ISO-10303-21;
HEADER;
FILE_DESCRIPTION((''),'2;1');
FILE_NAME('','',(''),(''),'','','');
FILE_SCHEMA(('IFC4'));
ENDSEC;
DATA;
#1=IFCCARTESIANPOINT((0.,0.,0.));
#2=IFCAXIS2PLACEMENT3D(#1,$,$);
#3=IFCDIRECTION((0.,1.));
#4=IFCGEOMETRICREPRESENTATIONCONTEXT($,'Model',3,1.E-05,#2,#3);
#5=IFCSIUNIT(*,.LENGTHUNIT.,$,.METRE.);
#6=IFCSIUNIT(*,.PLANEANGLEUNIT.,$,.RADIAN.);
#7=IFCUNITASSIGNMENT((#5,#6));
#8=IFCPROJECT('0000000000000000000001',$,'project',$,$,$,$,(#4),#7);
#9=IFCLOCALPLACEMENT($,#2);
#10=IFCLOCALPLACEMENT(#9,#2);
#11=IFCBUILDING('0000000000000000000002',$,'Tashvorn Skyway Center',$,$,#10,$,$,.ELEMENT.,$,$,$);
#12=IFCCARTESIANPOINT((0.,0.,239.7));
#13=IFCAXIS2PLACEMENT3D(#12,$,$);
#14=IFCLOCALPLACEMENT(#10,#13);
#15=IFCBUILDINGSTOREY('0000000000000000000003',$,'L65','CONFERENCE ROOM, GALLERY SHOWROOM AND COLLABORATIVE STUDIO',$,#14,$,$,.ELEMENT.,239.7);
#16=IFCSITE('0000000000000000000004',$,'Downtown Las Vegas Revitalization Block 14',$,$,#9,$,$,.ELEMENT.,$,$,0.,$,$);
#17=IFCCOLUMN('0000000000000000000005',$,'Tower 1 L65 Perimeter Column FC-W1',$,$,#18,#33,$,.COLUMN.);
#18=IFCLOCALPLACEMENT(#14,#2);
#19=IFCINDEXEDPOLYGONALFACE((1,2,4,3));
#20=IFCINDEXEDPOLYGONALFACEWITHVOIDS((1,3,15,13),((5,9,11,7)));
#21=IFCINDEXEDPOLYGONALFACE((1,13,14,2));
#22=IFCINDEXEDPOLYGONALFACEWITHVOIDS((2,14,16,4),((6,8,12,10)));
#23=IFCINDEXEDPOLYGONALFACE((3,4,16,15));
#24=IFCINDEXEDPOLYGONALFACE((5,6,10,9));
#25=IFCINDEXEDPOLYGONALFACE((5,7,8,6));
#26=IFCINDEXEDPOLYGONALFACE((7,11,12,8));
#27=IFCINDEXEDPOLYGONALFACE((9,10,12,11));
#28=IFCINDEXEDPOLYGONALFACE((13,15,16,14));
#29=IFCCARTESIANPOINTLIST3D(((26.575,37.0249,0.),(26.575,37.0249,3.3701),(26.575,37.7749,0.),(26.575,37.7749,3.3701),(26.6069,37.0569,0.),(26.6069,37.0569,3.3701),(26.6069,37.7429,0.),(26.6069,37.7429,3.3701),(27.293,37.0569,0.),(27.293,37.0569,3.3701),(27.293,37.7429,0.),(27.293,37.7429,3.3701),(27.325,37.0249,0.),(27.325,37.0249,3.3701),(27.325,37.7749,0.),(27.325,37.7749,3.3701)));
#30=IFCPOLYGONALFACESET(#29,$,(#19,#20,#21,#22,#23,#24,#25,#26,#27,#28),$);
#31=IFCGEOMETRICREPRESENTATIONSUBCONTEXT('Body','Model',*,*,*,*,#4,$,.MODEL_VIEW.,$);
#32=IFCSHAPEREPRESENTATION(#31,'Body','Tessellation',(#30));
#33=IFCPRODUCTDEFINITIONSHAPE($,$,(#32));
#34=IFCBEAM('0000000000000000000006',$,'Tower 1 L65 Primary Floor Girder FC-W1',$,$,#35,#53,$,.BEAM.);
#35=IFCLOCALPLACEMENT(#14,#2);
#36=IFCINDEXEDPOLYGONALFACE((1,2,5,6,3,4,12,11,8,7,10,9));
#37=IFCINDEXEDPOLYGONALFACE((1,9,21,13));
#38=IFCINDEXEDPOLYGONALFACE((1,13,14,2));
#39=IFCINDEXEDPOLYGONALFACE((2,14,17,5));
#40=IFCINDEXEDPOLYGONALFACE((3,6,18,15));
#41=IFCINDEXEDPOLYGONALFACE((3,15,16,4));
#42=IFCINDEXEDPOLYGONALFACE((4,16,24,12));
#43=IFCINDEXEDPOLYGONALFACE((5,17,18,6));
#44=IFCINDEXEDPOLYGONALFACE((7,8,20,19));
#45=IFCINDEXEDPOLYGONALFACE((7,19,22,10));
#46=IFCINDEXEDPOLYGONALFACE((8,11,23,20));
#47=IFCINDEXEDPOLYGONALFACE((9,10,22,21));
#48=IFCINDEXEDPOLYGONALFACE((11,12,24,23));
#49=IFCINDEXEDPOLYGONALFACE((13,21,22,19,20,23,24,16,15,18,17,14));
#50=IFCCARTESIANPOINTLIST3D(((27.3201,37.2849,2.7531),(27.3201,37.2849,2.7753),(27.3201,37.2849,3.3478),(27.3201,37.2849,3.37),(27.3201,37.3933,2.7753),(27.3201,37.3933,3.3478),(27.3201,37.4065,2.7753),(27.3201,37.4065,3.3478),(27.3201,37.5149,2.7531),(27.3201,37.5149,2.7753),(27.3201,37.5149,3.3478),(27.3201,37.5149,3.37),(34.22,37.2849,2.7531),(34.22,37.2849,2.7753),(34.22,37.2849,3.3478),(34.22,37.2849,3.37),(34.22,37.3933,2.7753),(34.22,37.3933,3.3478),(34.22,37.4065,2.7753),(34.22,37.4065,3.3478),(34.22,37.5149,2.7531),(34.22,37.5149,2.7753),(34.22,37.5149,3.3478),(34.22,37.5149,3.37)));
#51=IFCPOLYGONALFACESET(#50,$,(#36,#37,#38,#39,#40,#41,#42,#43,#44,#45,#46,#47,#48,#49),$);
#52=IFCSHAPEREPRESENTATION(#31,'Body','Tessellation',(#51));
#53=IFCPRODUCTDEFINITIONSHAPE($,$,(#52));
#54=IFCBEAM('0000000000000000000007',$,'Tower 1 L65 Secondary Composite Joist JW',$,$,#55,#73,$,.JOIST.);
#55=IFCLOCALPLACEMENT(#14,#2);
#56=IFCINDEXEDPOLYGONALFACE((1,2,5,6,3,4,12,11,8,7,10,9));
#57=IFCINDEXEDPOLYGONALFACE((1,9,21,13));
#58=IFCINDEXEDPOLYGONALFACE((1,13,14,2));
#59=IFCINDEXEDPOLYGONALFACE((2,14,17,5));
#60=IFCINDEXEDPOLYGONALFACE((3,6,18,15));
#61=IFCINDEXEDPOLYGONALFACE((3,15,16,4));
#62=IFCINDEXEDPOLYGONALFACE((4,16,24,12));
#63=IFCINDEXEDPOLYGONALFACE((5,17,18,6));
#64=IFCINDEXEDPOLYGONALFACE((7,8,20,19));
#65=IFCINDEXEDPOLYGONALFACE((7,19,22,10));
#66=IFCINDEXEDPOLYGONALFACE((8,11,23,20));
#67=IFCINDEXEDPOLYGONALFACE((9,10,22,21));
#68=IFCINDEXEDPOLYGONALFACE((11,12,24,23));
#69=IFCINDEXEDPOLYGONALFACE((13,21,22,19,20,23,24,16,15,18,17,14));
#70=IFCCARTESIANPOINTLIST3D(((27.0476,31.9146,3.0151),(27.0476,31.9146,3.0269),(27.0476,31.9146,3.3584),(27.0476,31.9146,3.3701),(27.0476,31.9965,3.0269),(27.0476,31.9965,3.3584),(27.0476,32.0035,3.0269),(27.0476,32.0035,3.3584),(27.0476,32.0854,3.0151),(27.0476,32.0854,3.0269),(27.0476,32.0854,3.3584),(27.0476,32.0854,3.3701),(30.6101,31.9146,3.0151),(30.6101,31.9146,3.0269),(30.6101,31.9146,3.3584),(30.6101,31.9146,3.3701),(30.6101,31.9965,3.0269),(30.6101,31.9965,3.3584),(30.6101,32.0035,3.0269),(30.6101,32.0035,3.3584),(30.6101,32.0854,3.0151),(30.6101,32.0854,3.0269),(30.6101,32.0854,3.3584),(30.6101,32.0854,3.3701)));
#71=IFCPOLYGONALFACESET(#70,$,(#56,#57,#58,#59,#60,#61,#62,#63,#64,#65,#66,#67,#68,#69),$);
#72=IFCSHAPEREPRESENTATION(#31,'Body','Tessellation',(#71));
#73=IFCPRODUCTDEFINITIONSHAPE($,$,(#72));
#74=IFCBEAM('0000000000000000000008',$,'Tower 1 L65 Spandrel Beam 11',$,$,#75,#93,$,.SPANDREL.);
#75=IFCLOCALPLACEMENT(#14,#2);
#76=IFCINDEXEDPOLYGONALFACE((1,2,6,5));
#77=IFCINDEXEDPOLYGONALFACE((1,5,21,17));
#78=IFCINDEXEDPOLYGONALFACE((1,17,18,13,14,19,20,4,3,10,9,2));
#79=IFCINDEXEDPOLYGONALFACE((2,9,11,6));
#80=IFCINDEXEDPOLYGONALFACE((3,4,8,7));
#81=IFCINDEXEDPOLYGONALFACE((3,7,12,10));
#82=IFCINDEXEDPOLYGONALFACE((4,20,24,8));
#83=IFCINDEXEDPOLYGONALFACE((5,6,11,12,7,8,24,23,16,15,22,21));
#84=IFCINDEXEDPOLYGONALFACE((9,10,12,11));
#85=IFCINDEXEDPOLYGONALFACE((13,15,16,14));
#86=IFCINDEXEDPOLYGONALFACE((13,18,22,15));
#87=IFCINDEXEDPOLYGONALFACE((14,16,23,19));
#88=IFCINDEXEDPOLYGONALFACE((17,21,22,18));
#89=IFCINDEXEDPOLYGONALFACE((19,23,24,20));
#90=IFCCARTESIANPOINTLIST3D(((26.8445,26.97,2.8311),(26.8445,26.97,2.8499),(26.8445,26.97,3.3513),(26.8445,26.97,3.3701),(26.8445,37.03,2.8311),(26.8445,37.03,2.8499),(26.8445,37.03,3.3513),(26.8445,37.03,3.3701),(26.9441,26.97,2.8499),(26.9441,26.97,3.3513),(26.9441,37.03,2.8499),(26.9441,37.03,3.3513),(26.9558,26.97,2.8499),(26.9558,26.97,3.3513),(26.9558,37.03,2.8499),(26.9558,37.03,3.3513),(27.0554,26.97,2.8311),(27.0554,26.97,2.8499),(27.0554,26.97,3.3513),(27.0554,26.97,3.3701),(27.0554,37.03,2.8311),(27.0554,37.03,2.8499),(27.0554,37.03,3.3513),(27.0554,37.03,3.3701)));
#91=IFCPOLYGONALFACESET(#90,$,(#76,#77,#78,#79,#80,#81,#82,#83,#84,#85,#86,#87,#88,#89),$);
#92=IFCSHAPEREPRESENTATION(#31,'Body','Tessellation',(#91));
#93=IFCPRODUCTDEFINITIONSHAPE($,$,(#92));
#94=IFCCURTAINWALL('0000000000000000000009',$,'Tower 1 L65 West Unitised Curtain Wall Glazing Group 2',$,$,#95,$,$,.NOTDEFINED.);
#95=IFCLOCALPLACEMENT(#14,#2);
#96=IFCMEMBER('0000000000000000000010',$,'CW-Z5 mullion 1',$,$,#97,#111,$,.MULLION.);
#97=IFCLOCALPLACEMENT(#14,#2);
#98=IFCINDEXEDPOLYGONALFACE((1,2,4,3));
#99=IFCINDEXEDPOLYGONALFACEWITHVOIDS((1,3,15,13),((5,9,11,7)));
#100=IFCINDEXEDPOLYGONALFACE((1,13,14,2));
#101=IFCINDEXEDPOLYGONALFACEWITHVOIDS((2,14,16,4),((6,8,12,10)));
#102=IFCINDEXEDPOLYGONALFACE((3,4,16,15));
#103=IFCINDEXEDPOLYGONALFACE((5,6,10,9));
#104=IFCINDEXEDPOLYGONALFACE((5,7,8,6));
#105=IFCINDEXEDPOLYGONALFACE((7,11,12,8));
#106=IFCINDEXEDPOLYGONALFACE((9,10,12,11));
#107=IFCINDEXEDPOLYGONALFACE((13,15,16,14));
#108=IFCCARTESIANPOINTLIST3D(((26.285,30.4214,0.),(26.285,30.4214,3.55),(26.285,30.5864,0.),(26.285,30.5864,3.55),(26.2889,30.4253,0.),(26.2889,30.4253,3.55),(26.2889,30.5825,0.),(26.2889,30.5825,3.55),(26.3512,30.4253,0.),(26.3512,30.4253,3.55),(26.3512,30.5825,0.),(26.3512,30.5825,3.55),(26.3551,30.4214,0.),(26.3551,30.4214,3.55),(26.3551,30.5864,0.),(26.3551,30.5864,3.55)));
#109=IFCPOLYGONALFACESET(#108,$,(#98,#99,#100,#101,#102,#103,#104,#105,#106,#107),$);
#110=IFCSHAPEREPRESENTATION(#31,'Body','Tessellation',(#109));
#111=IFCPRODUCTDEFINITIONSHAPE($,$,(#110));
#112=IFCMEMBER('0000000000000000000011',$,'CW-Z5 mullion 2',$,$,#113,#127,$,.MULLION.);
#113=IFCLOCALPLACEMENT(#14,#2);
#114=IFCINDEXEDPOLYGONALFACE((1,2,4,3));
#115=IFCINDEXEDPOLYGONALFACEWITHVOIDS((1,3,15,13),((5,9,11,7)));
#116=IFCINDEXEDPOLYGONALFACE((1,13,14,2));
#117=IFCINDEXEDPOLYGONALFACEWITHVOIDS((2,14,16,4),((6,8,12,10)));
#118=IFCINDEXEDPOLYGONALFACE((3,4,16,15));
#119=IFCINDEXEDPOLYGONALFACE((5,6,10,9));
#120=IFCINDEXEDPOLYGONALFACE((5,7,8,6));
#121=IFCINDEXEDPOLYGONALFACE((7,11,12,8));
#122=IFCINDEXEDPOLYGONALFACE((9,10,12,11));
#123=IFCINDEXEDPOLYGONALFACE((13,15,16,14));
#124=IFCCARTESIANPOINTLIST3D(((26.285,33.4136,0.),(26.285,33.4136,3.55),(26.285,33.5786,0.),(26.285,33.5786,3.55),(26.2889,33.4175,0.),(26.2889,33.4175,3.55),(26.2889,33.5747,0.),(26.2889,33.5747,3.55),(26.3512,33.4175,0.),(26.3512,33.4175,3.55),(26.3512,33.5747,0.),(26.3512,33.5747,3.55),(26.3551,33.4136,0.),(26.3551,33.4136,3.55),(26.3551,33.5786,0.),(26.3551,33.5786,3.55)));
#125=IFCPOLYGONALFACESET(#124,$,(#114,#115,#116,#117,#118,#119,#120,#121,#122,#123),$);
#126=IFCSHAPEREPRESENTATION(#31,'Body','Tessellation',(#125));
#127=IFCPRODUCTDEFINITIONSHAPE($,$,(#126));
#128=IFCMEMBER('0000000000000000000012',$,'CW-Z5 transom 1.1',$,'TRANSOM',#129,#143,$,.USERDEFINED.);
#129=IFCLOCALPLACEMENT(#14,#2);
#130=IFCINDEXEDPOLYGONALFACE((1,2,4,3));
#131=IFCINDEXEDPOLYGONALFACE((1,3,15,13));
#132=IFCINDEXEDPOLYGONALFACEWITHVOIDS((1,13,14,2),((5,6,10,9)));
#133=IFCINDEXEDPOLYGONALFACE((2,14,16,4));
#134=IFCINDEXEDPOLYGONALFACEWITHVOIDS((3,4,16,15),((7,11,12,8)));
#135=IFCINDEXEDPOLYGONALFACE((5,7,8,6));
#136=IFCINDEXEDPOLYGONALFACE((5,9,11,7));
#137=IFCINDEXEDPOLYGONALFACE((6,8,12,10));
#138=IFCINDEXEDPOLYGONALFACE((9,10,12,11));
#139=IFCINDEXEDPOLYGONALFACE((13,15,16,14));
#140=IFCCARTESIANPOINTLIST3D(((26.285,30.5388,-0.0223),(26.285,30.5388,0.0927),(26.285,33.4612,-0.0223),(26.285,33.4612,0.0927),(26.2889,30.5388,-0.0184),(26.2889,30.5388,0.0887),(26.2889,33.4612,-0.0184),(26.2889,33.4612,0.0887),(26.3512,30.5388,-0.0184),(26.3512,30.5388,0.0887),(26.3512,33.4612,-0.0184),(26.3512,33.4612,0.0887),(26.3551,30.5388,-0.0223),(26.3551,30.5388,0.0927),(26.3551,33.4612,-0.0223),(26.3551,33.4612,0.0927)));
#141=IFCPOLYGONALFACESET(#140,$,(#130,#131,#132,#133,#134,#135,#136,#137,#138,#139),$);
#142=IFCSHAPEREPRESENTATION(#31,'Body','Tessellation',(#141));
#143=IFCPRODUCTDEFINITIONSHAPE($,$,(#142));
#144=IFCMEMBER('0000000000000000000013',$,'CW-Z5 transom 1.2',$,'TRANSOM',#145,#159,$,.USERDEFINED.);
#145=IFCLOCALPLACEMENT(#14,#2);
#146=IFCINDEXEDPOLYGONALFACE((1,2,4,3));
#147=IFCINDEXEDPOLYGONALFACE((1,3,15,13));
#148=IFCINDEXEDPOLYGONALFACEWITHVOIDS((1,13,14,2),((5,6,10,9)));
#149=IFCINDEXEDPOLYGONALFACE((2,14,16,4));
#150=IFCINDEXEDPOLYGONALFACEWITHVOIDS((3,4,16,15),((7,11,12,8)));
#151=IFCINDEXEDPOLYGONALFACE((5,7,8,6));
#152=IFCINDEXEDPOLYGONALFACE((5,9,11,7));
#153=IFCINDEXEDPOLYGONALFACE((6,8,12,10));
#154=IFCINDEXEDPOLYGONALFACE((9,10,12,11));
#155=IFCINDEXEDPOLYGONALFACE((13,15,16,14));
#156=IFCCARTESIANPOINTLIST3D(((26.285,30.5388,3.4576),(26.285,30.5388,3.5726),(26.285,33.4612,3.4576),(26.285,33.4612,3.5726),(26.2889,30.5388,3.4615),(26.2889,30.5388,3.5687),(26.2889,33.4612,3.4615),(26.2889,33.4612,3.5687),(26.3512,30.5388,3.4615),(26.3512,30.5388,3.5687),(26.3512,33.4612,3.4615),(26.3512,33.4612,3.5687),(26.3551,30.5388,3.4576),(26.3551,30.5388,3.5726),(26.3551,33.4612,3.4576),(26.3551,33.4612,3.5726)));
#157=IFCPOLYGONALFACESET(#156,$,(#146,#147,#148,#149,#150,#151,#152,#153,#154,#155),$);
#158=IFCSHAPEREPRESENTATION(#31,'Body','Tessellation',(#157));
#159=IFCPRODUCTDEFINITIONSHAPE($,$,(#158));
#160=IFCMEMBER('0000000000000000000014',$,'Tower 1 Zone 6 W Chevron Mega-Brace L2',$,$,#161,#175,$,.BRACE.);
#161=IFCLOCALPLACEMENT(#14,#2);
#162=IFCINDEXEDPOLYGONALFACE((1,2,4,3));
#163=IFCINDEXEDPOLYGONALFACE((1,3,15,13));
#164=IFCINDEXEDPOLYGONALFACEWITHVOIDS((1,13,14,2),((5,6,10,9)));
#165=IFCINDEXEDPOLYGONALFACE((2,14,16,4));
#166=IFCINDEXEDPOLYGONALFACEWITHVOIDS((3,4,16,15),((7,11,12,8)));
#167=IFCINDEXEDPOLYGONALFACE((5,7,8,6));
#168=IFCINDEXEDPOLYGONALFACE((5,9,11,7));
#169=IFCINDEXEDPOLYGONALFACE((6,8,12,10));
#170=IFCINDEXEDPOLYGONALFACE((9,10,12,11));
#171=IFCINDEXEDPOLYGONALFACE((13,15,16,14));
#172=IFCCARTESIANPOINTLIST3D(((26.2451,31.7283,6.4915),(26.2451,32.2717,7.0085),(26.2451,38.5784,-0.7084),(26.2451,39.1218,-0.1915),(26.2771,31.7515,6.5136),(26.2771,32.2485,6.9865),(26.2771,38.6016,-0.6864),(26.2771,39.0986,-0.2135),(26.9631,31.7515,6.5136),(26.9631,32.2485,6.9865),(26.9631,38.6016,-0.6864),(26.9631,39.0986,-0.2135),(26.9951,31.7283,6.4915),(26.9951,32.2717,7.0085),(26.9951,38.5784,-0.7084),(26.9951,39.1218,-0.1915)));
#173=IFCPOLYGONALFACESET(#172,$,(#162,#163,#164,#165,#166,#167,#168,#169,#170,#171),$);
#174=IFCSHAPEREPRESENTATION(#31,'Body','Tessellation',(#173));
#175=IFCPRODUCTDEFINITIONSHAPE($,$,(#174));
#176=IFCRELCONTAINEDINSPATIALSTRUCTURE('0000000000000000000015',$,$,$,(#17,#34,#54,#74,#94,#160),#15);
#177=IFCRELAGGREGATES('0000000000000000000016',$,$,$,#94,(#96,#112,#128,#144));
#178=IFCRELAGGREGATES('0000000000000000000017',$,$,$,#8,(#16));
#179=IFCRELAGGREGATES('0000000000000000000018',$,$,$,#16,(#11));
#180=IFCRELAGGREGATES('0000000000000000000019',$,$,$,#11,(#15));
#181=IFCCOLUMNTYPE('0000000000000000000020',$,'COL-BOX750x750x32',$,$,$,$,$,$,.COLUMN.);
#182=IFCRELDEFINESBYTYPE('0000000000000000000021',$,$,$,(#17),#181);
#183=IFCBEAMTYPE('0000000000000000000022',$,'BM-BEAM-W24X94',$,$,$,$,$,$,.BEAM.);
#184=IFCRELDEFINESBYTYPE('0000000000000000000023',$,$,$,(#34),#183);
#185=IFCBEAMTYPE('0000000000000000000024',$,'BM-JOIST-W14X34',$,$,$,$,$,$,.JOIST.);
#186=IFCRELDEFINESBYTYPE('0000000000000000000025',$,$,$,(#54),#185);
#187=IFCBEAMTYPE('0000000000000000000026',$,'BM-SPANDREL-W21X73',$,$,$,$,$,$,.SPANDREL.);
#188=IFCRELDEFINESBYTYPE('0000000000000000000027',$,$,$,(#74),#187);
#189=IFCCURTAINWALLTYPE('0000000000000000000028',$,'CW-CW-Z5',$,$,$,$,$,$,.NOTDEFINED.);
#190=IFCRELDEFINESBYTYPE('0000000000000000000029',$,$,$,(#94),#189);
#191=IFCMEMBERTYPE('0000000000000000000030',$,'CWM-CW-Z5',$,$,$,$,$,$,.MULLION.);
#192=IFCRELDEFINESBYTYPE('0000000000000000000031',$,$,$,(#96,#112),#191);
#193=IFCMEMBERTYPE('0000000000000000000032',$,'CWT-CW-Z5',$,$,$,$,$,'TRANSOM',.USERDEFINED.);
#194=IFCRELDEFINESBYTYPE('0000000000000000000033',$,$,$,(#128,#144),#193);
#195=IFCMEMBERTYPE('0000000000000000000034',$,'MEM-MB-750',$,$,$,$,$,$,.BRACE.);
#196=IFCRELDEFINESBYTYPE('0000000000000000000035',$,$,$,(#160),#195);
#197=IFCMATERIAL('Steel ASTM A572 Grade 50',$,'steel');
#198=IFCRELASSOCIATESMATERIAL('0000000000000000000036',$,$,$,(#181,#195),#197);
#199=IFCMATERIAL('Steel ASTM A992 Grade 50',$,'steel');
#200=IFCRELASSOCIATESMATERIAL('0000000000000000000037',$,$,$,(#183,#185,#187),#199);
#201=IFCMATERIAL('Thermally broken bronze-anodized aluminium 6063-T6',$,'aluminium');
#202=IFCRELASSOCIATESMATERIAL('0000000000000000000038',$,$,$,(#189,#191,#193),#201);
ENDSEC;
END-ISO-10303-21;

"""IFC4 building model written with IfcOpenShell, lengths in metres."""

from ifc_helpers import new_model, si_unit, direction, frame, origin, origin_2d, place, context, subcontext, project, spatial, hollow_rectangle, i_section, extrude, material, material_profile, profile_set, type_object, element, aggregate, save


model = new_model("IFC4")

# Units and contexts
model_context = context("Model", 3, precision=1e-05, world=origin(), true_north=direction((0.0, 1.0)))
body_context = subcontext(model_context, "Body", "Model", "MODEL_VIEW")
ifc_project = project(units=[si_unit("LENGTHUNIT", "METRE"), si_unit("PLANEANGLEUNIT", "RADIAN")], contexts=[model_context])

# Site, building, storey
site_placement = place(None, origin())
site = spatial("IfcSite", under=ifc_project, at=site_placement, Name="Downtown Las Vegas Revitalization Block 14", CompositionType="ELEMENT", RefElevation=0.0)
building_placement = place(site_placement, origin())
building = spatial("IfcBuilding", under=site, at=building_placement, Name="Tashvorn Skyway Center", CompositionType="ELEMENT")
storey_placement = place(building_placement, frame((0.0, 0.0, 239.7)))
storey = spatial("IfcBuildingStorey", under=building, at=storey_placement, Name="L65", Description="CONFERENCE ROOM, GALLERY SHOWROOM AND COLLABORATIVE STUDIO", CompositionType="ELEMENT", Elevation=239.7)

# Column
ifc_material_1 = material(Name="Steel ASTM A572 Grade 50", Category="steel")
ifc_material_profile_1 = material_profile(ifc_material_1, hollow_rectangle(XDim=0.75, YDim=0.75, WallThickness=0.032, at=origin_2d()), Name="BOX750x750x32")
ifc_profile_set_1 = profile_set([ifc_material_profile_1], Name="Steel ASTM A572 Grade 50")
column_type = type_object("IfcColumnType", Name="COL-BOX750x750x32", PredefinedType="COLUMN", material=ifc_profile_set_1)
column_placement = place(storey_placement, frame((26.95, 37.3999, 0.0), z_axis=(0.0, 0.0, 1.0), x_axis=(1.0, 0.0, 0.0)))
element("IfcColumn", 1, at=column_placement, inside=storey, type_object=column_type, Name="Tower 1 L65 Perimeter Column FC-W1", PredefinedType="COLUMN", context=body_context, shape_type="SweptSolid", body=[
    extrude(hollow_rectangle(XDim=0.75, YDim=0.75, WallThickness=0.032, at=origin_2d()), origin(), (0.0, 0.0, 1.0), 3.3701),
])

# Beams
ifc_material_2 = material(Name="Steel ASTM A992 Grade 50", Category="steel")
ifc_material_profile_2 = material_profile(ifc_material_2, i_section(OverallWidth=0.23, OverallDepth=0.6169, WebThickness=0.0132, FlangeThickness=0.0222, at=origin_2d()), Name="W24X94")
ifc_profile_set_2 = profile_set([ifc_material_profile_2], Name="Steel ASTM A992 Grade 50")
beam_type_1 = type_object("IfcBeamType", Name="BM-BEAM-W24X94", PredefinedType="BEAM", material=ifc_profile_set_2)
beam_1_placement = place(storey_placement, frame((27.3201, 37.3999, 3.0615), z_axis=(1.0, 0.0, 0.0), x_axis=(0.0, 1.0, 0.0)))
element("IfcBeam", 2, at=beam_1_placement, inside=storey, type_object=beam_type_1, Name="Tower 1 L65 Primary Floor Girder FC-W1", PredefinedType="BEAM", context=body_context, shape_type="SweptSolid", body=[
    extrude(i_section(OverallWidth=0.23, OverallDepth=0.6169, WebThickness=0.0132, FlangeThickness=0.0222, at=origin_2d()), origin(), (0.0, 0.0, 1.0), 6.8999),
])
ifc_material_profile_3 = material_profile(ifc_material_2, i_section(OverallWidth=0.1709, OverallDepth=0.355, WebThickness=0.0071, FlangeThickness=0.0117, at=origin_2d()), Name="W14X34")
ifc_profile_set_3 = profile_set([ifc_material_profile_3], Name="Steel ASTM A992 Grade 50")
beam_type_2 = type_object("IfcBeamType", Name="BM-JOIST-W14X34", PredefinedType="JOIST", material=ifc_profile_set_3)
beam_2_placement = place(storey_placement, frame((30.6101, 32.0, 3.1926), z_axis=(-1.0, 0.0, 0.0), x_axis=(0.0, -1.0, 0.0)))
element("IfcBeam", 3, at=beam_2_placement, inside=storey, type_object=beam_type_2, Name="Tower 1 L65 Secondary Composite Joist JW", PredefinedType="JOIST", context=body_context, shape_type="SweptSolid", body=[
    extrude(i_section(OverallWidth=0.1709, OverallDepth=0.355, WebThickness=0.0071, FlangeThickness=0.0117, at=origin_2d()), origin(), (0.0, 0.0, 1.0), 3.5625),
])
ifc_material_profile_4 = material_profile(ifc_material_2, i_section(OverallWidth=0.2109, OverallDepth=0.5391, WebThickness=0.0117, FlangeThickness=0.0188, at=origin_2d()), Name="W21X73")
ifc_profile_set_4 = profile_set([ifc_material_profile_4], Name="Steel ASTM A992 Grade 50")
beam_type_3 = type_object("IfcBeamType", Name="BM-SPANDREL-W21X73", PredefinedType="SPANDREL", material=ifc_profile_set_4)
beam_3_placement = place(storey_placement, frame((26.95, 37.03, 3.1006), z_axis=(0.0, -1.0, 0.0), x_axis=(1.0, 0.0, 0.0)))
element("IfcBeam", 4, at=beam_3_placement, inside=storey, type_object=beam_type_3, Name="Tower 1 L65 Spandrel Beam 11", PredefinedType="SPANDREL", context=body_context, shape_type="SweptSolid", body=[
    extrude(i_section(OverallWidth=0.2109, OverallDepth=0.5391, WebThickness=0.0117, FlangeThickness=0.0188, at=origin_2d()), origin(), (0.0, 0.0, 1.0), 10.0601),
])

# Curtain wall, members
ifc_material_3 = material(Name="Thermally broken bronze-anodized aluminium 6063-T6", Category="aluminium")
curtain_wall_type = type_object("IfcCurtainWallType", Name="CW-CW-Z5", PredefinedType="NOTDEFINED", material=ifc_material_3)
curtain_wall_placement = place(storey_placement, origin())
curtain_wall = element("IfcCurtainWall", 5, at=curtain_wall_placement, inside=storey, type_object=curtain_wall_type, Name="Tower 1 L65 West Unitised Curtain Wall Glazing Group 2", PredefinedType="NOTDEFINED")
ifc_material_profile_5 = material_profile(ifc_material_3, hollow_rectangle(XDim=0.0701, YDim=0.165, WallThickness=0.0039, at=origin_2d()), Name="ALU-MULL-70x165")
ifc_profile_set_5 = profile_set([ifc_material_profile_5], Name="Thermally broken bronze-anodized aluminium 6063-T6")
member_type_1 = type_object("IfcMemberType", Name="CWM-CW-Z5", PredefinedType="MULLION", material=ifc_profile_set_5)
member_1_placement = place(storey_placement, frame((26.3201, 30.5039, 0.0), z_axis=(0.0, 0.0, 1.0), x_axis=(-1.0, 0.0, 0.0)))
member_1 = element("IfcMember", 6, at=member_1_placement, type_object=member_type_1, Name="CW-Z5 mullion 1", PredefinedType="MULLION", context=body_context, shape_type="SweptSolid", body=[
    extrude(hollow_rectangle(XDim=0.0701, YDim=0.165, WallThickness=0.0039, at=origin_2d()), origin(), (0.0, 0.0, 1.0), 3.55),
])
member_2_placement = place(storey_placement, frame((26.3201, 33.4961, 0.0), z_axis=(0.0, 0.0, 1.0), x_axis=(-1.0, 0.0, 0.0)))
member_2 = element("IfcMember", 7, at=member_2_placement, type_object=member_type_1, Name="CW-Z5 mullion 2", PredefinedType="MULLION", context=body_context, shape_type="SweptSolid", body=[
    extrude(hollow_rectangle(XDim=0.0701, YDim=0.165, WallThickness=0.0039, at=origin_2d()), origin(), (0.0, 0.0, 1.0), 3.55),
])
ifc_material_profile_6 = material_profile(ifc_material_3, hollow_rectangle(XDim=0.0701, YDim=0.115, WallThickness=0.0039, at=origin_2d()), Name="ALU-TRAN-70x115")
ifc_profile_set_6 = profile_set([ifc_material_profile_6], Name="Thermally broken bronze-anodized aluminium 6063-T6")
member_type_2 = type_object("IfcMemberType", Name="CWT-CW-Z5", ElementType="TRANSOM", PredefinedType="USERDEFINED", material=ifc_profile_set_6)
member_3_placement = place(storey_placement, frame((26.3201, 30.5388, 0.0352), z_axis=(0.0, 1.0, 0.0), x_axis=(-1.0, 0.0, 0.0)))
member_3 = element("IfcMember", 8, at=member_3_placement, type_object=member_type_2, Name="CW-Z5 transom 1.1", ObjectType="TRANSOM", PredefinedType="USERDEFINED", context=body_context, shape_type="SweptSolid", body=[
    extrude(hollow_rectangle(XDim=0.0701, YDim=0.115, WallThickness=0.0039, at=origin_2d()), origin(), (0.0, 0.0, 1.0), 2.9224),
])
member_4_placement = place(storey_placement, frame((26.3201, 30.5388, 3.5151), z_axis=(0.0, 1.0, 0.0), x_axis=(-1.0, 0.0, 0.0)))
member_4 = element("IfcMember", 9, at=member_4_placement, type_object=member_type_2, Name="CW-Z5 transom 1.2", ObjectType="TRANSOM", PredefinedType="USERDEFINED", context=body_context, shape_type="SweptSolid", body=[
    extrude(hollow_rectangle(XDim=0.0701, YDim=0.115, WallThickness=0.0039, at=origin_2d()), origin(), (0.0, 0.0, 1.0), 2.9224),
])

# Member
ifc_material_profile_7 = material_profile(ifc_material_1, hollow_rectangle(XDim=0.75, YDim=0.75, WallThickness=0.032, at=origin_2d()), Name="BOX750x750x32")
ifc_profile_set_7 = profile_set([ifc_material_profile_7], Name="Steel ASTM A572 Grade 50")
member_type_3 = type_object("IfcMemberType", Name="MEM-MB-750", PredefinedType="BRACE", material=ifc_profile_set_7)
member_5_placement = place(storey_placement, frame((26.6201, 38.8501, -0.45), z_axis=(0.0, -0.689286, 0.72449), x_axis=(1.0, 0.0, 0.0)))
element("IfcMember", 10, at=member_5_placement, inside=storey, type_object=member_type_3, Name="Tower 1 Zone 6 W Chevron Mega-Brace L2", PredefinedType="BRACE", context=body_context, shape_type="SweptSolid", body=[
    extrude(hollow_rectangle(XDim=0.75, YDim=0.75, WallThickness=0.032, at=origin_2d()), origin(), (0.0, 0.0, 1.0), 9.938),
])

aggregate(curtain_wall, [member_1, member_2, member_3, member_4])

save(model, "model.ifc")
